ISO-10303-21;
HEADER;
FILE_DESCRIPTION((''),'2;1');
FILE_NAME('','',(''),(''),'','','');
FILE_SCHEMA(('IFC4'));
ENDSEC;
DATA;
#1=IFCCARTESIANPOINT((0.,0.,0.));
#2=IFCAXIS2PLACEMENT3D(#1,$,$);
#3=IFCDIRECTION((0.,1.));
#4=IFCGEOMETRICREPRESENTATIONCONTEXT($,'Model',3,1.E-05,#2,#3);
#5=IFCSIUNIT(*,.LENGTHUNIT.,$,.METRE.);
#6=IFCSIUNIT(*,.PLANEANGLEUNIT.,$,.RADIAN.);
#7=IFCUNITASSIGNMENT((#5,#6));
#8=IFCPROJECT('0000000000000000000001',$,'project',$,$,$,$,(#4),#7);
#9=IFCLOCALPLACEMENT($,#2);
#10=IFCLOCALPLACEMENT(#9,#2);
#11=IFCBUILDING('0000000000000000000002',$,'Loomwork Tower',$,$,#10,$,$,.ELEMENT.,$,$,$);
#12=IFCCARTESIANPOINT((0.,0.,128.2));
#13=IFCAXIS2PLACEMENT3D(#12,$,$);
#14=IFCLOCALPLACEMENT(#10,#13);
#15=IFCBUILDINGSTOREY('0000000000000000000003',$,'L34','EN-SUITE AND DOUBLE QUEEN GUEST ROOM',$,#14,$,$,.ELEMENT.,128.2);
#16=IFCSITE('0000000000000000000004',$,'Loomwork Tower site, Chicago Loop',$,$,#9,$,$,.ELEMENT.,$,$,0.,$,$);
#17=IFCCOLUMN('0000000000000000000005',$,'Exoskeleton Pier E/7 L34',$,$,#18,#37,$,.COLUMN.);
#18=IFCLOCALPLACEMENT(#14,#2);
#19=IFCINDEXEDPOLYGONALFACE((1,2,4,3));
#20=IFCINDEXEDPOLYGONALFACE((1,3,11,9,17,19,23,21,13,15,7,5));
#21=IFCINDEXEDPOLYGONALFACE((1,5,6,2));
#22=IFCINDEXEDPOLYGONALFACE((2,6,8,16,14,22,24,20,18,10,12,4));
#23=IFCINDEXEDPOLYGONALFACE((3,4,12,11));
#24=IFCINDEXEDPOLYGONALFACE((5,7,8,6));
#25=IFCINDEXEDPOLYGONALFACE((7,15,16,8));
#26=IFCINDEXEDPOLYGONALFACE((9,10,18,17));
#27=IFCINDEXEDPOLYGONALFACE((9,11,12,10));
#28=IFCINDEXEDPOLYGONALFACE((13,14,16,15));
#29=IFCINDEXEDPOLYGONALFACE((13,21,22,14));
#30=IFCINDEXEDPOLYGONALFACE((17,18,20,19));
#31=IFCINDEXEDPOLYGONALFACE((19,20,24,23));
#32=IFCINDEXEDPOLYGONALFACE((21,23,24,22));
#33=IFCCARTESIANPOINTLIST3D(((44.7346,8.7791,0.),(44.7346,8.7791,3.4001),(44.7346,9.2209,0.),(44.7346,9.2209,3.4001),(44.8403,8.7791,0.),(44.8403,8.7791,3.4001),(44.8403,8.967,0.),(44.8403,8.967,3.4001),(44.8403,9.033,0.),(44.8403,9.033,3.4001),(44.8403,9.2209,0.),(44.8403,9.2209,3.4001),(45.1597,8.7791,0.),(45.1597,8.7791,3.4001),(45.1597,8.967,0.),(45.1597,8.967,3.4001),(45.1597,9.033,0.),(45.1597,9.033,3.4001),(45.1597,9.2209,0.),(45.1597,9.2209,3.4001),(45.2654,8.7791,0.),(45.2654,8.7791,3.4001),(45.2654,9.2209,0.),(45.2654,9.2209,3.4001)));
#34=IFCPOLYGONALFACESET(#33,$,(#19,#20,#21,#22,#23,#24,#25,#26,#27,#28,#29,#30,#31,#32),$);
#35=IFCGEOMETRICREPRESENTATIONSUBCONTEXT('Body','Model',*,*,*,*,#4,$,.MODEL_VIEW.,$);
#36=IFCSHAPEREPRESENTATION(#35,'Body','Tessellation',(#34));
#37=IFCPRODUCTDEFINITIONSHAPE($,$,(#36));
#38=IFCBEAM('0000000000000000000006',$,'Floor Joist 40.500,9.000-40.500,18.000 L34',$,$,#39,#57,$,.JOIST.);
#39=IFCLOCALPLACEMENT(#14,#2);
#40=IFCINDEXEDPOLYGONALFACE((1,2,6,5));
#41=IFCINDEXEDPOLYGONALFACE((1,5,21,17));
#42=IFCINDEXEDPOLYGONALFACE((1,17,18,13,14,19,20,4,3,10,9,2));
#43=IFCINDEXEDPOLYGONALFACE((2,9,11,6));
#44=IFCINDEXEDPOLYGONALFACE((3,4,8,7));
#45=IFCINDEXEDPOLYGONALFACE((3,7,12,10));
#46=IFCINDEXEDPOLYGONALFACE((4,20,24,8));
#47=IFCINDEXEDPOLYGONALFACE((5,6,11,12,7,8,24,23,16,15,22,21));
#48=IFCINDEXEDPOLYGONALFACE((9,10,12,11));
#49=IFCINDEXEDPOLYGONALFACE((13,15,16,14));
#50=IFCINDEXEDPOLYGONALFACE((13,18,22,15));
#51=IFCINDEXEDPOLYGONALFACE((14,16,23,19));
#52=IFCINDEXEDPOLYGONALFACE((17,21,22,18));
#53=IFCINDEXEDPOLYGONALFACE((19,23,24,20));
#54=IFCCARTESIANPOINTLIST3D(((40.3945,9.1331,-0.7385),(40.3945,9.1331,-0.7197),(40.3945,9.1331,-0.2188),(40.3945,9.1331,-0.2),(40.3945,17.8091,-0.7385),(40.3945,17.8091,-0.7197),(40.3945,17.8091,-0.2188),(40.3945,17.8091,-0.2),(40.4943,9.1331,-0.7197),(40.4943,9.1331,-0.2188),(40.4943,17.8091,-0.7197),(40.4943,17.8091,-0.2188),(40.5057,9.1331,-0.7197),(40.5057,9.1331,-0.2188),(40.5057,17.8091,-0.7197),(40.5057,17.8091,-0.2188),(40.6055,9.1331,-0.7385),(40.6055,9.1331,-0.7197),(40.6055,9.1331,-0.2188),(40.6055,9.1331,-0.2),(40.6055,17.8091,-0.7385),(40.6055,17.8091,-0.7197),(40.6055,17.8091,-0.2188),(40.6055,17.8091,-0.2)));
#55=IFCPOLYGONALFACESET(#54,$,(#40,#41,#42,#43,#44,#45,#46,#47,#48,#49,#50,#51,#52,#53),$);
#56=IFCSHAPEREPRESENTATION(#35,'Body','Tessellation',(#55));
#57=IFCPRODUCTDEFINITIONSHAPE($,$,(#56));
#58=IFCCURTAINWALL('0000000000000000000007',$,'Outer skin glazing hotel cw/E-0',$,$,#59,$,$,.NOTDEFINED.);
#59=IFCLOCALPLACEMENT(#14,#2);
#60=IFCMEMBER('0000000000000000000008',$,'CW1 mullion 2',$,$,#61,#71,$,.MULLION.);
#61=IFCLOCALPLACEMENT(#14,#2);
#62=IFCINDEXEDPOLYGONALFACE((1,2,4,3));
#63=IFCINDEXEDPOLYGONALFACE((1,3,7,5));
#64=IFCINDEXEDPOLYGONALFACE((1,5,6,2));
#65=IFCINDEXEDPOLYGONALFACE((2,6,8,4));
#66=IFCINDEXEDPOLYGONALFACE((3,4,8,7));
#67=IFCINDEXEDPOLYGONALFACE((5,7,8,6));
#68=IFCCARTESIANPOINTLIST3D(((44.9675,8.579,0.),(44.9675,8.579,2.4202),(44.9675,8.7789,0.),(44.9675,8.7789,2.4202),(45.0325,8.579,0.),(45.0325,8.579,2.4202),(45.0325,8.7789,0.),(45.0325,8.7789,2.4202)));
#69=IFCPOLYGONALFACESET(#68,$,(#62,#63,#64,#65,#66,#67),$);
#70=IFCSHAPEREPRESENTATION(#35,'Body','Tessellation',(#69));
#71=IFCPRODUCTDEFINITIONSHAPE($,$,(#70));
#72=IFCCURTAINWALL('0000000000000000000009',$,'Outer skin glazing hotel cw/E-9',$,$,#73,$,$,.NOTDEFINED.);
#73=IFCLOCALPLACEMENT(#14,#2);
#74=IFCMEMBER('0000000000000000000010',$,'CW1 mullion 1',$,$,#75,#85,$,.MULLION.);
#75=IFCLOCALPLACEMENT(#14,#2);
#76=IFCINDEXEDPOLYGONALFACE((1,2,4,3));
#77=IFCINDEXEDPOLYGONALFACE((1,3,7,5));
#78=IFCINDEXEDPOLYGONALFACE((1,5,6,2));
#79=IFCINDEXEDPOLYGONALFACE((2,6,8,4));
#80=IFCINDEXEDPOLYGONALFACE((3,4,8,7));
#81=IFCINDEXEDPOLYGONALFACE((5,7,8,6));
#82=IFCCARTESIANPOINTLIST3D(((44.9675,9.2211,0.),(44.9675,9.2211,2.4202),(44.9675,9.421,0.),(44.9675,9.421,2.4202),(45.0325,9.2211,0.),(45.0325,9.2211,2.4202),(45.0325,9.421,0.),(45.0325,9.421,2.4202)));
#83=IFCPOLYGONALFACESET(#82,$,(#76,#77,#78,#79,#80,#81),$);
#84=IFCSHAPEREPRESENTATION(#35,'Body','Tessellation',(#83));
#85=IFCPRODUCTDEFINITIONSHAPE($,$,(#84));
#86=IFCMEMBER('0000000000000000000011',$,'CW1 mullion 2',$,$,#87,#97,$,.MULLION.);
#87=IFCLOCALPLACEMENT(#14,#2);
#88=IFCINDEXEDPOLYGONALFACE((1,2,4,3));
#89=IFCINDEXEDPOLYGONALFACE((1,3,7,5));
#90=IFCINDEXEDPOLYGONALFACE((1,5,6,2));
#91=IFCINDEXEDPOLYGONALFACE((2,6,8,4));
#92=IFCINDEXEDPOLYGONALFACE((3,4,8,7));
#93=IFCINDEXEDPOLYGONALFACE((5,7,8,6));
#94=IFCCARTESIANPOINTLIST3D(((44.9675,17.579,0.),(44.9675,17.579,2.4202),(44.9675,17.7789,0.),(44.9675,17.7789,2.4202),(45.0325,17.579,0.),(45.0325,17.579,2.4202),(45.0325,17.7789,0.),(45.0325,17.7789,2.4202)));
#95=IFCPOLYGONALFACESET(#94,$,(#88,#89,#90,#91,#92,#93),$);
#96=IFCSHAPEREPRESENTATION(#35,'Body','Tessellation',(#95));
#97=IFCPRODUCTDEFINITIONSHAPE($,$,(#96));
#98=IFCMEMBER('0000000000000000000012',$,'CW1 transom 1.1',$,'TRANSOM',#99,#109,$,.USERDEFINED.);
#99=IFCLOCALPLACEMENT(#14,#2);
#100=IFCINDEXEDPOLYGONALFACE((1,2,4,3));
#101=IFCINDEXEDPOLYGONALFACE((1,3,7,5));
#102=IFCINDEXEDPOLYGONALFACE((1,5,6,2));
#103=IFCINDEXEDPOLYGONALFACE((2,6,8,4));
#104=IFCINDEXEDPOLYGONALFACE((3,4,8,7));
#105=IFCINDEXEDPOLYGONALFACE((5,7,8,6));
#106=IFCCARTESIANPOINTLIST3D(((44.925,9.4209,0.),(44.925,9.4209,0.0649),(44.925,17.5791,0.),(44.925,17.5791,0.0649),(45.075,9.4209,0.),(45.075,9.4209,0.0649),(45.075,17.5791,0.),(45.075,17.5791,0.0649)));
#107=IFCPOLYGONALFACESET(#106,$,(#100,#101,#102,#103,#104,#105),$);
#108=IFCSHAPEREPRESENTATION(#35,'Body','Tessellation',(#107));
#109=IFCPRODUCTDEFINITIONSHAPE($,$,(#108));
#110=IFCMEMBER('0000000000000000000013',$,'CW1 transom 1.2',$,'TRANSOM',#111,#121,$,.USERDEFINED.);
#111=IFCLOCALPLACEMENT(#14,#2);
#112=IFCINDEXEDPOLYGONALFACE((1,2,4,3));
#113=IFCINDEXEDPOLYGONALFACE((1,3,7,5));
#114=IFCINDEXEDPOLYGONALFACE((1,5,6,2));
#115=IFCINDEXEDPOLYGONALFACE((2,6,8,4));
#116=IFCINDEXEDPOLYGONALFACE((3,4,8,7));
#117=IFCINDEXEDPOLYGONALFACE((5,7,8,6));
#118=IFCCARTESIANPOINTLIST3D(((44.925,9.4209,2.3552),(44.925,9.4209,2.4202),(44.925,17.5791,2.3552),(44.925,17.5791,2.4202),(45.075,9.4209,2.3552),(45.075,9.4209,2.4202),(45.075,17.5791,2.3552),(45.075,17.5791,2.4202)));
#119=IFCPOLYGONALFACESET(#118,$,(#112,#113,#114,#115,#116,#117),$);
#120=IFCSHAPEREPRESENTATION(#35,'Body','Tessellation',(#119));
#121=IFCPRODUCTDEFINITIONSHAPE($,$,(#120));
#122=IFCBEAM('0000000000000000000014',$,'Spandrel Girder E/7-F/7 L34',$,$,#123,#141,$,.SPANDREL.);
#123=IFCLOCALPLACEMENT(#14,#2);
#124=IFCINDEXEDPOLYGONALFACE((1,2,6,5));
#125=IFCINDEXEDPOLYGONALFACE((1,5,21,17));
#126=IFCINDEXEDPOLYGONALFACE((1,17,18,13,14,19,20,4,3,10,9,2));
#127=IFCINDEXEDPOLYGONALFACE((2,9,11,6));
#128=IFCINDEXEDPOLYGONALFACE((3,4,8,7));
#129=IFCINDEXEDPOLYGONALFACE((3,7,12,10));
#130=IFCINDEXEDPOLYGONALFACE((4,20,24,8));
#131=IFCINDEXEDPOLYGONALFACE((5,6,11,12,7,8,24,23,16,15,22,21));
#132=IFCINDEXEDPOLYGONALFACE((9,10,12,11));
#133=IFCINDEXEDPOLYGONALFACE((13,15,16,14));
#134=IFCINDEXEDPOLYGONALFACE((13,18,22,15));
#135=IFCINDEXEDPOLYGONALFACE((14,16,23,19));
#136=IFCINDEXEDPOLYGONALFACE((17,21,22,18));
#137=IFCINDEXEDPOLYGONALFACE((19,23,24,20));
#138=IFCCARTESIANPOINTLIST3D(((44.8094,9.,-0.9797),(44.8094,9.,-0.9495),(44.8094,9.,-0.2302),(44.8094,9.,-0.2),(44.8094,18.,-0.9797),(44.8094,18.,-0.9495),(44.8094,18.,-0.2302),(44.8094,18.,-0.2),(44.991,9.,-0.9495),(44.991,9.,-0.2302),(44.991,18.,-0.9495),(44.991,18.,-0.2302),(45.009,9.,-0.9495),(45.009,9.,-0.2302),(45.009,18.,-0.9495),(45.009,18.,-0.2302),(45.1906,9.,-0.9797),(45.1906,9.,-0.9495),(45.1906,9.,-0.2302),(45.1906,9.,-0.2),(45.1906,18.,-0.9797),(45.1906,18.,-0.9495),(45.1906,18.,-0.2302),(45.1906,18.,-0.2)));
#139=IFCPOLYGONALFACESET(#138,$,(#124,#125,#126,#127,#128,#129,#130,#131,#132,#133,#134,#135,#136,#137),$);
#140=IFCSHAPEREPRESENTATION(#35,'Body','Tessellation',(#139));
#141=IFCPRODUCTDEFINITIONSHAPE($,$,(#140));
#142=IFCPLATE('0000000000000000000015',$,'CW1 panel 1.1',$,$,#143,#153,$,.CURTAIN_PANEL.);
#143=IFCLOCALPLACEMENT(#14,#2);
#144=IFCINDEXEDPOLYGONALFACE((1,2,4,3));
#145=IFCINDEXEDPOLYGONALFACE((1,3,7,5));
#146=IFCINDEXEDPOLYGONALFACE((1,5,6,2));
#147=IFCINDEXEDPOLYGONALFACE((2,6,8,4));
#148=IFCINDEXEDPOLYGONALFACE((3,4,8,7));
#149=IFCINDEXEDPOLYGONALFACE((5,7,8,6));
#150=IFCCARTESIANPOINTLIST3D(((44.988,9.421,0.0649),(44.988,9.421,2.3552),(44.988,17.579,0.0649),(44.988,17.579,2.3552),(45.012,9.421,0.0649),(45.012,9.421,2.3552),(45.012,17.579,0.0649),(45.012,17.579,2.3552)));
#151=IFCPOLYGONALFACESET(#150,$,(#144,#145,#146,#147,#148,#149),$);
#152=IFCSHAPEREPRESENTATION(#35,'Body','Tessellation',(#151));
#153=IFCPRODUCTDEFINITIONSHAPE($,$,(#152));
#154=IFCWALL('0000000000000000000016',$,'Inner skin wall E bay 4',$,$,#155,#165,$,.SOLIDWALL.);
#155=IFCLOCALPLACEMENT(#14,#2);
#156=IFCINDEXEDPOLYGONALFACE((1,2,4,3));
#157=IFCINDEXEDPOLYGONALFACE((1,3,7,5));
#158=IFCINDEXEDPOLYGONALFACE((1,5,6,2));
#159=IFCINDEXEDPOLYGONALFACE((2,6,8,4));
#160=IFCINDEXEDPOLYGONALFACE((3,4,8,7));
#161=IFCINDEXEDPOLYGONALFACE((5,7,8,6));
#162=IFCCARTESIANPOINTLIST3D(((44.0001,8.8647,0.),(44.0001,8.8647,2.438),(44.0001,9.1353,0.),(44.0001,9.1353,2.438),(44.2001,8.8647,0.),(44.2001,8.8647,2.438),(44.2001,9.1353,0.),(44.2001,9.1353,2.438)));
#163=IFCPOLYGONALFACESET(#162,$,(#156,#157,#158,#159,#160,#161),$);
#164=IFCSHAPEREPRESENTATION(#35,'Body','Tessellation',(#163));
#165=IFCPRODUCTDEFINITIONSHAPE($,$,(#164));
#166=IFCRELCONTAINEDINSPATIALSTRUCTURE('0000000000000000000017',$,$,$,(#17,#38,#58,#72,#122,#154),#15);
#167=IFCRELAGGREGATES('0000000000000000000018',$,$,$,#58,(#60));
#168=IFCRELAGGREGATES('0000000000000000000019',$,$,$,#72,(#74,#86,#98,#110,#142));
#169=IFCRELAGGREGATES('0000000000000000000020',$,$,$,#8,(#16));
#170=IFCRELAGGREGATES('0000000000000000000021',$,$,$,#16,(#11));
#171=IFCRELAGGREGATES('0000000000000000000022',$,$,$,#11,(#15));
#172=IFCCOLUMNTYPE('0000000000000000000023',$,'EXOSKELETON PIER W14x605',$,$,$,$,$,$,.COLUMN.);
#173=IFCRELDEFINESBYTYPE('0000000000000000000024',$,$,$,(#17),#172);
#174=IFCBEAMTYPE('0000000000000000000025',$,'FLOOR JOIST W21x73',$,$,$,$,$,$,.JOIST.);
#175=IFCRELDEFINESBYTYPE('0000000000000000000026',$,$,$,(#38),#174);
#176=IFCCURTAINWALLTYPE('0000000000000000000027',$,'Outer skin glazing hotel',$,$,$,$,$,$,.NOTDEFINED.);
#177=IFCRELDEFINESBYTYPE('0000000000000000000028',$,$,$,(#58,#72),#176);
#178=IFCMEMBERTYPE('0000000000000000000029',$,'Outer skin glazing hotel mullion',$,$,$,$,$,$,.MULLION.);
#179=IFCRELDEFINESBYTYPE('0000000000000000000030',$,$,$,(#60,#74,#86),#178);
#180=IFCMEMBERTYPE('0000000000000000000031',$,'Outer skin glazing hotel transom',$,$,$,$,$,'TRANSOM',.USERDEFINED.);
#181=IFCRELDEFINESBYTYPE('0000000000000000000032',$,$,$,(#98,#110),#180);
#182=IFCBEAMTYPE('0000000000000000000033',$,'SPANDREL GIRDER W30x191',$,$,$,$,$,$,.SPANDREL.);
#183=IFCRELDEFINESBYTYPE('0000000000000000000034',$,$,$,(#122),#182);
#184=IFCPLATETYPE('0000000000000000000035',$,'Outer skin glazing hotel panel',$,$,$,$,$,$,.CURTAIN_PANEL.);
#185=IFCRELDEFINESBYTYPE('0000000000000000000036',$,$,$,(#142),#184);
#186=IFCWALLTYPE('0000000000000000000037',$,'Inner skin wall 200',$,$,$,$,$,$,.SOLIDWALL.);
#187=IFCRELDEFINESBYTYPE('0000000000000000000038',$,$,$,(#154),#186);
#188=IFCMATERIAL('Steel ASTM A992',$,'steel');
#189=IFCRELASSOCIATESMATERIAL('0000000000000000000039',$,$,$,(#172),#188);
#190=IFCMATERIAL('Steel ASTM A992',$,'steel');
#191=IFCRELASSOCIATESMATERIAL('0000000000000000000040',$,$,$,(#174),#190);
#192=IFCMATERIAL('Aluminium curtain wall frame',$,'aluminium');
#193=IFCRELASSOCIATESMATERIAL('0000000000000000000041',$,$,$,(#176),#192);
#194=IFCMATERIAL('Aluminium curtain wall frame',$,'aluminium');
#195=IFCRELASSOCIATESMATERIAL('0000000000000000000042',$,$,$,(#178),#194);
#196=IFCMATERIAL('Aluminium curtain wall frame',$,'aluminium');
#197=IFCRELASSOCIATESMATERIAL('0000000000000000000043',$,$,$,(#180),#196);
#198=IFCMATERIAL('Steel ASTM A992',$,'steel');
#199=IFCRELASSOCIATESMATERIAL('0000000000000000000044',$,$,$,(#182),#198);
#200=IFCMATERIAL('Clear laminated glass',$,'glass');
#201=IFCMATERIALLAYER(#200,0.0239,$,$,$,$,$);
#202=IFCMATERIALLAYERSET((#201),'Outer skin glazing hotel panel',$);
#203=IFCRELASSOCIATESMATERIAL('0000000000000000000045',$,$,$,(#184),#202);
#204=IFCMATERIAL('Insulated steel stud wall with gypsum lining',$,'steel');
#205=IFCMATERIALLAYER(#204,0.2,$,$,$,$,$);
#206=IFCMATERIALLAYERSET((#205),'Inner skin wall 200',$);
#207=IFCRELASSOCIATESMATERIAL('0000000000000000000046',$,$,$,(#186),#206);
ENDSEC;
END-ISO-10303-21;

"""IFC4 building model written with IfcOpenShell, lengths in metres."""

from ifc_helpers import new_model, si_unit, direction, frame, frame_2d, origin, origin_2d, place, context, subcontext, project, spatial, rectangle, i_section, extrude, material, layer, layer_set, material_profile, profile_set, type_object, element, aggregate, save


model = new_model("IFC4")

# Units and contexts
model_context = context("Model", 3, precision=1e-05, world=origin(), true_north=direction((0.0, 1.0)))
body_context = subcontext(model_context, "Body", "Model", "MODEL_VIEW")
ifc_project = project(units=[si_unit("LENGTHUNIT", "METRE"), si_unit("PLANEANGLEUNIT", "RADIAN")], contexts=[model_context])

# Site, building, storey
site_placement = place(None, origin())
site = spatial("IfcSite", under=ifc_project, at=site_placement, Name="Loomwork Tower site, Chicago Loop", CompositionType="ELEMENT", RefElevation=0.0)
building_placement = place(site_placement, origin())
building = spatial("IfcBuilding", under=site, at=building_placement, Name="Loomwork Tower", CompositionType="ELEMENT")
storey_placement = place(building_placement, frame((0.0, 0.0, 128.2)))
storey = spatial("IfcBuildingStorey", under=building, at=storey_placement, Name="L34", Description="EN-SUITE AND DOUBLE QUEEN GUEST ROOM", CompositionType="ELEMENT", Elevation=128.2)

# Column
ifc_material_1 = material(Name="Steel ASTM A992", Category="steel")
ifc_material_profile_1 = material_profile(ifc_material_1, i_section(OverallWidth=0.4419, OverallDepth=0.5308, WebThickness=0.0659, FlangeThickness=0.1057, at=origin_2d()), Name="W14x605")
ifc_profile_set_1 = profile_set([ifc_material_profile_1], Name="Steel ASTM A992")
column_type = type_object("IfcColumnType", Name="EXOSKELETON PIER W14x605", PredefinedType="COLUMN", material=ifc_profile_set_1)
column_placement = place(storey_placement, frame((45.0, 9.0, 0.0), z_axis=(0.0, 0.0, 1.0), x_axis=(0.0, 1.0, 0.0)))
element("IfcColumn", 1, at=column_placement, inside=storey, type_object=column_type, Name="Exoskeleton Pier E/7 L34", PredefinedType="COLUMN", context=body_context, shape_type="SweptSolid", body=[
    extrude(i_section(OverallWidth=0.4419, OverallDepth=0.5308, WebThickness=0.0659, FlangeThickness=0.1057, at=origin_2d()), origin(), (0.0, 0.0, 1.0), 3.4001),
])

# Beam
ifc_material_2 = material(Name="Steel ASTM A992", Category="steel")
ifc_material_profile_2 = material_profile(ifc_material_2, i_section(OverallWidth=0.2109, OverallDepth=0.5386, WebThickness=0.0115, FlangeThickness=0.0188, at=origin_2d()), Name="W21x73")
ifc_profile_set_2 = profile_set([ifc_material_profile_2], Name="Steel ASTM A992")
beam_type_1 = type_object("IfcBeamType", Name="FLOOR JOIST W21x73", PredefinedType="JOIST", material=ifc_profile_set_2)
beam_1_placement = place(storey_placement, frame((40.5, 9.1331, -0.4692), z_axis=(0.0, 1.0, 0.0), x_axis=(-1.0, 0.0, 0.0)))
element("IfcBeam", 2, at=beam_1_placement, inside=storey, type_object=beam_type_1, Name="Floor Joist 40.500,9.000-40.500,18.000 L34", PredefinedType="JOIST", context=body_context, shape_type="SweptSolid", body=[
    extrude(i_section(OverallWidth=0.2109, OverallDepth=0.5386, WebThickness=0.0115, FlangeThickness=0.0188, at=origin_2d()), origin(), (0.0, 0.0, 1.0), 8.676),
])

# Curtain wall, member
ifc_material_3 = material(Name="Aluminium curtain wall frame", Category="aluminium")
curtain_wall_type = type_object("IfcCurtainWallType", Name="Outer skin glazing hotel", PredefinedType="NOTDEFINED", material=ifc_material_3)
curtain_wall_1_placement = place(storey_placement, origin())
curtain_wall_1 = element("IfcCurtainWall", 3, at=curtain_wall_1_placement, inside=storey, type_object=curtain_wall_type, Name="Outer skin glazing hotel cw/E-0", PredefinedType="NOTDEFINED")
ifc_material_4 = material(Name="Aluminium curtain wall frame", Category="aluminium")
ifc_material_profile_3 = material_profile(ifc_material_4, rectangle(XDim=0.0649, YDim=0.2, at=origin_2d()), Name="AL 65x200")
ifc_profile_set_3 = profile_set([ifc_material_profile_3], Name="Aluminium curtain wall frame")
member_type_1 = type_object("IfcMemberType", Name="Outer skin glazing hotel mullion", PredefinedType="MULLION", material=ifc_profile_set_3)
member_1_placement = place(storey_placement, frame((45.0, 8.679, 0.0), z_axis=(0.0, 0.0, 1.0), x_axis=(-1.0, 0.0, 0.0)))
member_1 = element("IfcMember", 4, at=member_1_placement, type_object=member_type_1, Name="CW1 mullion 2", PredefinedType="MULLION", context=body_context, shape_type="SweptSolid", body=[
    extrude(rectangle(XDim=0.0649, YDim=0.2, at=origin_2d()), origin(), (0.0, 0.0, 1.0), 2.4202),
])
aggregate(curtain_wall_1, [member_1])

# Curtain wall, members
curtain_wall_2_placement = place(storey_placement, origin())
curtain_wall_2 = element("IfcCurtainWall", 5, at=curtain_wall_2_placement, inside=storey, type_object=curtain_wall_type, Name="Outer skin glazing hotel cw/E-9", PredefinedType="NOTDEFINED")
member_2_placement = place(storey_placement, frame((45.0, 9.321, 0.0), z_axis=(0.0, 0.0, 1.0), x_axis=(-1.0, 0.0, 0.0)))
member_2 = element("IfcMember", 6, at=member_2_placement, type_object=member_type_1, Name="CW1 mullion 1", PredefinedType="MULLION", context=body_context, shape_type="SweptSolid", body=[
    extrude(rectangle(XDim=0.0649, YDim=0.2, at=origin_2d()), origin(), (0.0, 0.0, 1.0), 2.4202),
])
member_3_placement = place(storey_placement, frame((45.0, 17.679, 0.0), z_axis=(0.0, 0.0, 1.0), x_axis=(-1.0, 0.0, 0.0)))
member_3 = element("IfcMember", 7, at=member_3_placement, type_object=member_type_1, Name="CW1 mullion 2", PredefinedType="MULLION", context=body_context, shape_type="SweptSolid", body=[
    extrude(rectangle(XDim=0.0649, YDim=0.2, at=origin_2d()), origin(), (0.0, 0.0, 1.0), 2.4202),
])
ifc_material_5 = material(Name="Aluminium curtain wall frame", Category="aluminium")
ifc_material_profile_4 = material_profile(ifc_material_5, rectangle(XDim=0.1499, YDim=0.0649, at=origin_2d()), Name="AL 65x150")
ifc_profile_set_4 = profile_set([ifc_material_profile_4], Name="Aluminium curtain wall frame")
member_type_2 = type_object("IfcMemberType", Name="Outer skin glazing hotel transom", ElementType="TRANSOM", PredefinedType="USERDEFINED", material=ifc_profile_set_4)
member_4_placement = place(storey_placement, frame((45.0, 9.4209, 0.0325), z_axis=(0.0, 1.0, 0.0), x_axis=(-1.0, 0.0, 0.0)))
member_4 = element("IfcMember", 8, at=member_4_placement, type_object=member_type_2, Name="CW1 transom 1.1", ObjectType="TRANSOM", PredefinedType="USERDEFINED", context=body_context, shape_type="SweptSolid", body=[
    extrude(rectangle(XDim=0.1499, YDim=0.0649, at=origin_2d()), origin(), (0.0, 0.0, 1.0), 8.1582),
])
member_5_placement = place(storey_placement, frame((45.0, 9.4209, 2.3877), z_axis=(0.0, 1.0, 0.0), x_axis=(-1.0, 0.0, 0.0)))
member_5 = element("IfcMember", 9, at=member_5_placement, type_object=member_type_2, Name="CW1 transom 1.2", ObjectType="TRANSOM", PredefinedType="USERDEFINED", context=body_context, shape_type="SweptSolid", body=[
    extrude(rectangle(XDim=0.1499, YDim=0.0649, at=origin_2d()), origin(), (0.0, 0.0, 1.0), 8.1582),
])

# Beam
ifc_material_6 = material(Name="Steel ASTM A992", Category="steel")
ifc_material_profile_5 = material_profile(ifc_material_6, i_section(OverallWidth=0.3811, OverallDepth=0.7798, WebThickness=0.0181, FlangeThickness=0.0303, at=origin_2d()), Name="W30x191")
ifc_profile_set_5 = profile_set([ifc_material_profile_5], Name="Steel ASTM A992")
beam_type_2 = type_object("IfcBeamType", Name="SPANDREL GIRDER W30x191", PredefinedType="SPANDREL", material=ifc_profile_set_5)
beam_2_placement = place(storey_placement, frame((45.0, 9.0, -0.5898), z_axis=(0.0, 1.0, 0.0), x_axis=(-1.0, 0.0, 0.0)))
element("IfcBeam", 10, at=beam_2_placement, inside=storey, type_object=beam_type_2, Name="Spandrel Girder E/7-F/7 L34", PredefinedType="SPANDREL", context=body_context, shape_type="SweptSolid", body=[
    extrude(i_section(OverallWidth=0.3811, OverallDepth=0.7798, WebThickness=0.0181, FlangeThickness=0.0303, at=origin_2d()), origin(), (0.0, 0.0, 1.0), 9.0),
])

# Plate
ifc_material_7 = material(Name="Clear laminated glass", Category="glass")
ifc_layer_1 = layer(ifc_material_7, 0.0239)
ifc_layer_set_1 = layer_set([ifc_layer_1], Name="Outer skin glazing hotel panel")
plate_type = type_object("IfcPlateType", Name="Outer skin glazing hotel panel", PredefinedType="CURTAIN_PANEL", material=ifc_layer_set_1)
plate_placement = place(storey_placement, frame((45.0, 13.5, 0.0649), z_axis=(0.0, 0.0, 1.0), x_axis=(0.0, 1.0, 0.0)))
plate = element("IfcPlate", 11, at=plate_placement, type_object=plate_type, Name="CW1 panel 1.1", PredefinedType="CURTAIN_PANEL", context=body_context, shape_type="SweptSolid", body=[
    extrude(rectangle(XDim=8.158, YDim=0.0239, at=origin_2d()), origin(), (0.0, 0.0, 1.0), 2.2903),
])
aggregate(curtain_wall_2, [member_2, member_3, member_4, member_5, plate])

# Wall
ifc_material_8 = material(Name="Insulated steel stud wall with gypsum lining", Category="steel")
ifc_layer_2 = layer(ifc_material_8, 0.2)
ifc_layer_set_2 = layer_set([ifc_layer_2], Name="Inner skin wall 200")
wall_type = type_object("IfcWallType", Name="Inner skin wall 200", PredefinedType="SOLIDWALL", material=ifc_layer_set_2)
wall_1_placement = place(storey_placement, frame((44.1001, 8.8647, 0.0), z_axis=(0.0, 0.0, 1.0), x_axis=(0.0, 1.0, 0.0)))
element("IfcWall", 12, at=wall_1_placement, inside=storey, type_object=wall_type, Name="Inner skin wall E bay 4", PredefinedType="SOLIDWALL", context=body_context, shape_type="SweptSolid", body=[
    extrude(rectangle(XDim=0.2705, YDim=0.2, at=frame_2d((0.1353, 0.0))), origin(), (0.0, 0.0, 1.0), 2.438),
])

save(model, "model.ifc")
